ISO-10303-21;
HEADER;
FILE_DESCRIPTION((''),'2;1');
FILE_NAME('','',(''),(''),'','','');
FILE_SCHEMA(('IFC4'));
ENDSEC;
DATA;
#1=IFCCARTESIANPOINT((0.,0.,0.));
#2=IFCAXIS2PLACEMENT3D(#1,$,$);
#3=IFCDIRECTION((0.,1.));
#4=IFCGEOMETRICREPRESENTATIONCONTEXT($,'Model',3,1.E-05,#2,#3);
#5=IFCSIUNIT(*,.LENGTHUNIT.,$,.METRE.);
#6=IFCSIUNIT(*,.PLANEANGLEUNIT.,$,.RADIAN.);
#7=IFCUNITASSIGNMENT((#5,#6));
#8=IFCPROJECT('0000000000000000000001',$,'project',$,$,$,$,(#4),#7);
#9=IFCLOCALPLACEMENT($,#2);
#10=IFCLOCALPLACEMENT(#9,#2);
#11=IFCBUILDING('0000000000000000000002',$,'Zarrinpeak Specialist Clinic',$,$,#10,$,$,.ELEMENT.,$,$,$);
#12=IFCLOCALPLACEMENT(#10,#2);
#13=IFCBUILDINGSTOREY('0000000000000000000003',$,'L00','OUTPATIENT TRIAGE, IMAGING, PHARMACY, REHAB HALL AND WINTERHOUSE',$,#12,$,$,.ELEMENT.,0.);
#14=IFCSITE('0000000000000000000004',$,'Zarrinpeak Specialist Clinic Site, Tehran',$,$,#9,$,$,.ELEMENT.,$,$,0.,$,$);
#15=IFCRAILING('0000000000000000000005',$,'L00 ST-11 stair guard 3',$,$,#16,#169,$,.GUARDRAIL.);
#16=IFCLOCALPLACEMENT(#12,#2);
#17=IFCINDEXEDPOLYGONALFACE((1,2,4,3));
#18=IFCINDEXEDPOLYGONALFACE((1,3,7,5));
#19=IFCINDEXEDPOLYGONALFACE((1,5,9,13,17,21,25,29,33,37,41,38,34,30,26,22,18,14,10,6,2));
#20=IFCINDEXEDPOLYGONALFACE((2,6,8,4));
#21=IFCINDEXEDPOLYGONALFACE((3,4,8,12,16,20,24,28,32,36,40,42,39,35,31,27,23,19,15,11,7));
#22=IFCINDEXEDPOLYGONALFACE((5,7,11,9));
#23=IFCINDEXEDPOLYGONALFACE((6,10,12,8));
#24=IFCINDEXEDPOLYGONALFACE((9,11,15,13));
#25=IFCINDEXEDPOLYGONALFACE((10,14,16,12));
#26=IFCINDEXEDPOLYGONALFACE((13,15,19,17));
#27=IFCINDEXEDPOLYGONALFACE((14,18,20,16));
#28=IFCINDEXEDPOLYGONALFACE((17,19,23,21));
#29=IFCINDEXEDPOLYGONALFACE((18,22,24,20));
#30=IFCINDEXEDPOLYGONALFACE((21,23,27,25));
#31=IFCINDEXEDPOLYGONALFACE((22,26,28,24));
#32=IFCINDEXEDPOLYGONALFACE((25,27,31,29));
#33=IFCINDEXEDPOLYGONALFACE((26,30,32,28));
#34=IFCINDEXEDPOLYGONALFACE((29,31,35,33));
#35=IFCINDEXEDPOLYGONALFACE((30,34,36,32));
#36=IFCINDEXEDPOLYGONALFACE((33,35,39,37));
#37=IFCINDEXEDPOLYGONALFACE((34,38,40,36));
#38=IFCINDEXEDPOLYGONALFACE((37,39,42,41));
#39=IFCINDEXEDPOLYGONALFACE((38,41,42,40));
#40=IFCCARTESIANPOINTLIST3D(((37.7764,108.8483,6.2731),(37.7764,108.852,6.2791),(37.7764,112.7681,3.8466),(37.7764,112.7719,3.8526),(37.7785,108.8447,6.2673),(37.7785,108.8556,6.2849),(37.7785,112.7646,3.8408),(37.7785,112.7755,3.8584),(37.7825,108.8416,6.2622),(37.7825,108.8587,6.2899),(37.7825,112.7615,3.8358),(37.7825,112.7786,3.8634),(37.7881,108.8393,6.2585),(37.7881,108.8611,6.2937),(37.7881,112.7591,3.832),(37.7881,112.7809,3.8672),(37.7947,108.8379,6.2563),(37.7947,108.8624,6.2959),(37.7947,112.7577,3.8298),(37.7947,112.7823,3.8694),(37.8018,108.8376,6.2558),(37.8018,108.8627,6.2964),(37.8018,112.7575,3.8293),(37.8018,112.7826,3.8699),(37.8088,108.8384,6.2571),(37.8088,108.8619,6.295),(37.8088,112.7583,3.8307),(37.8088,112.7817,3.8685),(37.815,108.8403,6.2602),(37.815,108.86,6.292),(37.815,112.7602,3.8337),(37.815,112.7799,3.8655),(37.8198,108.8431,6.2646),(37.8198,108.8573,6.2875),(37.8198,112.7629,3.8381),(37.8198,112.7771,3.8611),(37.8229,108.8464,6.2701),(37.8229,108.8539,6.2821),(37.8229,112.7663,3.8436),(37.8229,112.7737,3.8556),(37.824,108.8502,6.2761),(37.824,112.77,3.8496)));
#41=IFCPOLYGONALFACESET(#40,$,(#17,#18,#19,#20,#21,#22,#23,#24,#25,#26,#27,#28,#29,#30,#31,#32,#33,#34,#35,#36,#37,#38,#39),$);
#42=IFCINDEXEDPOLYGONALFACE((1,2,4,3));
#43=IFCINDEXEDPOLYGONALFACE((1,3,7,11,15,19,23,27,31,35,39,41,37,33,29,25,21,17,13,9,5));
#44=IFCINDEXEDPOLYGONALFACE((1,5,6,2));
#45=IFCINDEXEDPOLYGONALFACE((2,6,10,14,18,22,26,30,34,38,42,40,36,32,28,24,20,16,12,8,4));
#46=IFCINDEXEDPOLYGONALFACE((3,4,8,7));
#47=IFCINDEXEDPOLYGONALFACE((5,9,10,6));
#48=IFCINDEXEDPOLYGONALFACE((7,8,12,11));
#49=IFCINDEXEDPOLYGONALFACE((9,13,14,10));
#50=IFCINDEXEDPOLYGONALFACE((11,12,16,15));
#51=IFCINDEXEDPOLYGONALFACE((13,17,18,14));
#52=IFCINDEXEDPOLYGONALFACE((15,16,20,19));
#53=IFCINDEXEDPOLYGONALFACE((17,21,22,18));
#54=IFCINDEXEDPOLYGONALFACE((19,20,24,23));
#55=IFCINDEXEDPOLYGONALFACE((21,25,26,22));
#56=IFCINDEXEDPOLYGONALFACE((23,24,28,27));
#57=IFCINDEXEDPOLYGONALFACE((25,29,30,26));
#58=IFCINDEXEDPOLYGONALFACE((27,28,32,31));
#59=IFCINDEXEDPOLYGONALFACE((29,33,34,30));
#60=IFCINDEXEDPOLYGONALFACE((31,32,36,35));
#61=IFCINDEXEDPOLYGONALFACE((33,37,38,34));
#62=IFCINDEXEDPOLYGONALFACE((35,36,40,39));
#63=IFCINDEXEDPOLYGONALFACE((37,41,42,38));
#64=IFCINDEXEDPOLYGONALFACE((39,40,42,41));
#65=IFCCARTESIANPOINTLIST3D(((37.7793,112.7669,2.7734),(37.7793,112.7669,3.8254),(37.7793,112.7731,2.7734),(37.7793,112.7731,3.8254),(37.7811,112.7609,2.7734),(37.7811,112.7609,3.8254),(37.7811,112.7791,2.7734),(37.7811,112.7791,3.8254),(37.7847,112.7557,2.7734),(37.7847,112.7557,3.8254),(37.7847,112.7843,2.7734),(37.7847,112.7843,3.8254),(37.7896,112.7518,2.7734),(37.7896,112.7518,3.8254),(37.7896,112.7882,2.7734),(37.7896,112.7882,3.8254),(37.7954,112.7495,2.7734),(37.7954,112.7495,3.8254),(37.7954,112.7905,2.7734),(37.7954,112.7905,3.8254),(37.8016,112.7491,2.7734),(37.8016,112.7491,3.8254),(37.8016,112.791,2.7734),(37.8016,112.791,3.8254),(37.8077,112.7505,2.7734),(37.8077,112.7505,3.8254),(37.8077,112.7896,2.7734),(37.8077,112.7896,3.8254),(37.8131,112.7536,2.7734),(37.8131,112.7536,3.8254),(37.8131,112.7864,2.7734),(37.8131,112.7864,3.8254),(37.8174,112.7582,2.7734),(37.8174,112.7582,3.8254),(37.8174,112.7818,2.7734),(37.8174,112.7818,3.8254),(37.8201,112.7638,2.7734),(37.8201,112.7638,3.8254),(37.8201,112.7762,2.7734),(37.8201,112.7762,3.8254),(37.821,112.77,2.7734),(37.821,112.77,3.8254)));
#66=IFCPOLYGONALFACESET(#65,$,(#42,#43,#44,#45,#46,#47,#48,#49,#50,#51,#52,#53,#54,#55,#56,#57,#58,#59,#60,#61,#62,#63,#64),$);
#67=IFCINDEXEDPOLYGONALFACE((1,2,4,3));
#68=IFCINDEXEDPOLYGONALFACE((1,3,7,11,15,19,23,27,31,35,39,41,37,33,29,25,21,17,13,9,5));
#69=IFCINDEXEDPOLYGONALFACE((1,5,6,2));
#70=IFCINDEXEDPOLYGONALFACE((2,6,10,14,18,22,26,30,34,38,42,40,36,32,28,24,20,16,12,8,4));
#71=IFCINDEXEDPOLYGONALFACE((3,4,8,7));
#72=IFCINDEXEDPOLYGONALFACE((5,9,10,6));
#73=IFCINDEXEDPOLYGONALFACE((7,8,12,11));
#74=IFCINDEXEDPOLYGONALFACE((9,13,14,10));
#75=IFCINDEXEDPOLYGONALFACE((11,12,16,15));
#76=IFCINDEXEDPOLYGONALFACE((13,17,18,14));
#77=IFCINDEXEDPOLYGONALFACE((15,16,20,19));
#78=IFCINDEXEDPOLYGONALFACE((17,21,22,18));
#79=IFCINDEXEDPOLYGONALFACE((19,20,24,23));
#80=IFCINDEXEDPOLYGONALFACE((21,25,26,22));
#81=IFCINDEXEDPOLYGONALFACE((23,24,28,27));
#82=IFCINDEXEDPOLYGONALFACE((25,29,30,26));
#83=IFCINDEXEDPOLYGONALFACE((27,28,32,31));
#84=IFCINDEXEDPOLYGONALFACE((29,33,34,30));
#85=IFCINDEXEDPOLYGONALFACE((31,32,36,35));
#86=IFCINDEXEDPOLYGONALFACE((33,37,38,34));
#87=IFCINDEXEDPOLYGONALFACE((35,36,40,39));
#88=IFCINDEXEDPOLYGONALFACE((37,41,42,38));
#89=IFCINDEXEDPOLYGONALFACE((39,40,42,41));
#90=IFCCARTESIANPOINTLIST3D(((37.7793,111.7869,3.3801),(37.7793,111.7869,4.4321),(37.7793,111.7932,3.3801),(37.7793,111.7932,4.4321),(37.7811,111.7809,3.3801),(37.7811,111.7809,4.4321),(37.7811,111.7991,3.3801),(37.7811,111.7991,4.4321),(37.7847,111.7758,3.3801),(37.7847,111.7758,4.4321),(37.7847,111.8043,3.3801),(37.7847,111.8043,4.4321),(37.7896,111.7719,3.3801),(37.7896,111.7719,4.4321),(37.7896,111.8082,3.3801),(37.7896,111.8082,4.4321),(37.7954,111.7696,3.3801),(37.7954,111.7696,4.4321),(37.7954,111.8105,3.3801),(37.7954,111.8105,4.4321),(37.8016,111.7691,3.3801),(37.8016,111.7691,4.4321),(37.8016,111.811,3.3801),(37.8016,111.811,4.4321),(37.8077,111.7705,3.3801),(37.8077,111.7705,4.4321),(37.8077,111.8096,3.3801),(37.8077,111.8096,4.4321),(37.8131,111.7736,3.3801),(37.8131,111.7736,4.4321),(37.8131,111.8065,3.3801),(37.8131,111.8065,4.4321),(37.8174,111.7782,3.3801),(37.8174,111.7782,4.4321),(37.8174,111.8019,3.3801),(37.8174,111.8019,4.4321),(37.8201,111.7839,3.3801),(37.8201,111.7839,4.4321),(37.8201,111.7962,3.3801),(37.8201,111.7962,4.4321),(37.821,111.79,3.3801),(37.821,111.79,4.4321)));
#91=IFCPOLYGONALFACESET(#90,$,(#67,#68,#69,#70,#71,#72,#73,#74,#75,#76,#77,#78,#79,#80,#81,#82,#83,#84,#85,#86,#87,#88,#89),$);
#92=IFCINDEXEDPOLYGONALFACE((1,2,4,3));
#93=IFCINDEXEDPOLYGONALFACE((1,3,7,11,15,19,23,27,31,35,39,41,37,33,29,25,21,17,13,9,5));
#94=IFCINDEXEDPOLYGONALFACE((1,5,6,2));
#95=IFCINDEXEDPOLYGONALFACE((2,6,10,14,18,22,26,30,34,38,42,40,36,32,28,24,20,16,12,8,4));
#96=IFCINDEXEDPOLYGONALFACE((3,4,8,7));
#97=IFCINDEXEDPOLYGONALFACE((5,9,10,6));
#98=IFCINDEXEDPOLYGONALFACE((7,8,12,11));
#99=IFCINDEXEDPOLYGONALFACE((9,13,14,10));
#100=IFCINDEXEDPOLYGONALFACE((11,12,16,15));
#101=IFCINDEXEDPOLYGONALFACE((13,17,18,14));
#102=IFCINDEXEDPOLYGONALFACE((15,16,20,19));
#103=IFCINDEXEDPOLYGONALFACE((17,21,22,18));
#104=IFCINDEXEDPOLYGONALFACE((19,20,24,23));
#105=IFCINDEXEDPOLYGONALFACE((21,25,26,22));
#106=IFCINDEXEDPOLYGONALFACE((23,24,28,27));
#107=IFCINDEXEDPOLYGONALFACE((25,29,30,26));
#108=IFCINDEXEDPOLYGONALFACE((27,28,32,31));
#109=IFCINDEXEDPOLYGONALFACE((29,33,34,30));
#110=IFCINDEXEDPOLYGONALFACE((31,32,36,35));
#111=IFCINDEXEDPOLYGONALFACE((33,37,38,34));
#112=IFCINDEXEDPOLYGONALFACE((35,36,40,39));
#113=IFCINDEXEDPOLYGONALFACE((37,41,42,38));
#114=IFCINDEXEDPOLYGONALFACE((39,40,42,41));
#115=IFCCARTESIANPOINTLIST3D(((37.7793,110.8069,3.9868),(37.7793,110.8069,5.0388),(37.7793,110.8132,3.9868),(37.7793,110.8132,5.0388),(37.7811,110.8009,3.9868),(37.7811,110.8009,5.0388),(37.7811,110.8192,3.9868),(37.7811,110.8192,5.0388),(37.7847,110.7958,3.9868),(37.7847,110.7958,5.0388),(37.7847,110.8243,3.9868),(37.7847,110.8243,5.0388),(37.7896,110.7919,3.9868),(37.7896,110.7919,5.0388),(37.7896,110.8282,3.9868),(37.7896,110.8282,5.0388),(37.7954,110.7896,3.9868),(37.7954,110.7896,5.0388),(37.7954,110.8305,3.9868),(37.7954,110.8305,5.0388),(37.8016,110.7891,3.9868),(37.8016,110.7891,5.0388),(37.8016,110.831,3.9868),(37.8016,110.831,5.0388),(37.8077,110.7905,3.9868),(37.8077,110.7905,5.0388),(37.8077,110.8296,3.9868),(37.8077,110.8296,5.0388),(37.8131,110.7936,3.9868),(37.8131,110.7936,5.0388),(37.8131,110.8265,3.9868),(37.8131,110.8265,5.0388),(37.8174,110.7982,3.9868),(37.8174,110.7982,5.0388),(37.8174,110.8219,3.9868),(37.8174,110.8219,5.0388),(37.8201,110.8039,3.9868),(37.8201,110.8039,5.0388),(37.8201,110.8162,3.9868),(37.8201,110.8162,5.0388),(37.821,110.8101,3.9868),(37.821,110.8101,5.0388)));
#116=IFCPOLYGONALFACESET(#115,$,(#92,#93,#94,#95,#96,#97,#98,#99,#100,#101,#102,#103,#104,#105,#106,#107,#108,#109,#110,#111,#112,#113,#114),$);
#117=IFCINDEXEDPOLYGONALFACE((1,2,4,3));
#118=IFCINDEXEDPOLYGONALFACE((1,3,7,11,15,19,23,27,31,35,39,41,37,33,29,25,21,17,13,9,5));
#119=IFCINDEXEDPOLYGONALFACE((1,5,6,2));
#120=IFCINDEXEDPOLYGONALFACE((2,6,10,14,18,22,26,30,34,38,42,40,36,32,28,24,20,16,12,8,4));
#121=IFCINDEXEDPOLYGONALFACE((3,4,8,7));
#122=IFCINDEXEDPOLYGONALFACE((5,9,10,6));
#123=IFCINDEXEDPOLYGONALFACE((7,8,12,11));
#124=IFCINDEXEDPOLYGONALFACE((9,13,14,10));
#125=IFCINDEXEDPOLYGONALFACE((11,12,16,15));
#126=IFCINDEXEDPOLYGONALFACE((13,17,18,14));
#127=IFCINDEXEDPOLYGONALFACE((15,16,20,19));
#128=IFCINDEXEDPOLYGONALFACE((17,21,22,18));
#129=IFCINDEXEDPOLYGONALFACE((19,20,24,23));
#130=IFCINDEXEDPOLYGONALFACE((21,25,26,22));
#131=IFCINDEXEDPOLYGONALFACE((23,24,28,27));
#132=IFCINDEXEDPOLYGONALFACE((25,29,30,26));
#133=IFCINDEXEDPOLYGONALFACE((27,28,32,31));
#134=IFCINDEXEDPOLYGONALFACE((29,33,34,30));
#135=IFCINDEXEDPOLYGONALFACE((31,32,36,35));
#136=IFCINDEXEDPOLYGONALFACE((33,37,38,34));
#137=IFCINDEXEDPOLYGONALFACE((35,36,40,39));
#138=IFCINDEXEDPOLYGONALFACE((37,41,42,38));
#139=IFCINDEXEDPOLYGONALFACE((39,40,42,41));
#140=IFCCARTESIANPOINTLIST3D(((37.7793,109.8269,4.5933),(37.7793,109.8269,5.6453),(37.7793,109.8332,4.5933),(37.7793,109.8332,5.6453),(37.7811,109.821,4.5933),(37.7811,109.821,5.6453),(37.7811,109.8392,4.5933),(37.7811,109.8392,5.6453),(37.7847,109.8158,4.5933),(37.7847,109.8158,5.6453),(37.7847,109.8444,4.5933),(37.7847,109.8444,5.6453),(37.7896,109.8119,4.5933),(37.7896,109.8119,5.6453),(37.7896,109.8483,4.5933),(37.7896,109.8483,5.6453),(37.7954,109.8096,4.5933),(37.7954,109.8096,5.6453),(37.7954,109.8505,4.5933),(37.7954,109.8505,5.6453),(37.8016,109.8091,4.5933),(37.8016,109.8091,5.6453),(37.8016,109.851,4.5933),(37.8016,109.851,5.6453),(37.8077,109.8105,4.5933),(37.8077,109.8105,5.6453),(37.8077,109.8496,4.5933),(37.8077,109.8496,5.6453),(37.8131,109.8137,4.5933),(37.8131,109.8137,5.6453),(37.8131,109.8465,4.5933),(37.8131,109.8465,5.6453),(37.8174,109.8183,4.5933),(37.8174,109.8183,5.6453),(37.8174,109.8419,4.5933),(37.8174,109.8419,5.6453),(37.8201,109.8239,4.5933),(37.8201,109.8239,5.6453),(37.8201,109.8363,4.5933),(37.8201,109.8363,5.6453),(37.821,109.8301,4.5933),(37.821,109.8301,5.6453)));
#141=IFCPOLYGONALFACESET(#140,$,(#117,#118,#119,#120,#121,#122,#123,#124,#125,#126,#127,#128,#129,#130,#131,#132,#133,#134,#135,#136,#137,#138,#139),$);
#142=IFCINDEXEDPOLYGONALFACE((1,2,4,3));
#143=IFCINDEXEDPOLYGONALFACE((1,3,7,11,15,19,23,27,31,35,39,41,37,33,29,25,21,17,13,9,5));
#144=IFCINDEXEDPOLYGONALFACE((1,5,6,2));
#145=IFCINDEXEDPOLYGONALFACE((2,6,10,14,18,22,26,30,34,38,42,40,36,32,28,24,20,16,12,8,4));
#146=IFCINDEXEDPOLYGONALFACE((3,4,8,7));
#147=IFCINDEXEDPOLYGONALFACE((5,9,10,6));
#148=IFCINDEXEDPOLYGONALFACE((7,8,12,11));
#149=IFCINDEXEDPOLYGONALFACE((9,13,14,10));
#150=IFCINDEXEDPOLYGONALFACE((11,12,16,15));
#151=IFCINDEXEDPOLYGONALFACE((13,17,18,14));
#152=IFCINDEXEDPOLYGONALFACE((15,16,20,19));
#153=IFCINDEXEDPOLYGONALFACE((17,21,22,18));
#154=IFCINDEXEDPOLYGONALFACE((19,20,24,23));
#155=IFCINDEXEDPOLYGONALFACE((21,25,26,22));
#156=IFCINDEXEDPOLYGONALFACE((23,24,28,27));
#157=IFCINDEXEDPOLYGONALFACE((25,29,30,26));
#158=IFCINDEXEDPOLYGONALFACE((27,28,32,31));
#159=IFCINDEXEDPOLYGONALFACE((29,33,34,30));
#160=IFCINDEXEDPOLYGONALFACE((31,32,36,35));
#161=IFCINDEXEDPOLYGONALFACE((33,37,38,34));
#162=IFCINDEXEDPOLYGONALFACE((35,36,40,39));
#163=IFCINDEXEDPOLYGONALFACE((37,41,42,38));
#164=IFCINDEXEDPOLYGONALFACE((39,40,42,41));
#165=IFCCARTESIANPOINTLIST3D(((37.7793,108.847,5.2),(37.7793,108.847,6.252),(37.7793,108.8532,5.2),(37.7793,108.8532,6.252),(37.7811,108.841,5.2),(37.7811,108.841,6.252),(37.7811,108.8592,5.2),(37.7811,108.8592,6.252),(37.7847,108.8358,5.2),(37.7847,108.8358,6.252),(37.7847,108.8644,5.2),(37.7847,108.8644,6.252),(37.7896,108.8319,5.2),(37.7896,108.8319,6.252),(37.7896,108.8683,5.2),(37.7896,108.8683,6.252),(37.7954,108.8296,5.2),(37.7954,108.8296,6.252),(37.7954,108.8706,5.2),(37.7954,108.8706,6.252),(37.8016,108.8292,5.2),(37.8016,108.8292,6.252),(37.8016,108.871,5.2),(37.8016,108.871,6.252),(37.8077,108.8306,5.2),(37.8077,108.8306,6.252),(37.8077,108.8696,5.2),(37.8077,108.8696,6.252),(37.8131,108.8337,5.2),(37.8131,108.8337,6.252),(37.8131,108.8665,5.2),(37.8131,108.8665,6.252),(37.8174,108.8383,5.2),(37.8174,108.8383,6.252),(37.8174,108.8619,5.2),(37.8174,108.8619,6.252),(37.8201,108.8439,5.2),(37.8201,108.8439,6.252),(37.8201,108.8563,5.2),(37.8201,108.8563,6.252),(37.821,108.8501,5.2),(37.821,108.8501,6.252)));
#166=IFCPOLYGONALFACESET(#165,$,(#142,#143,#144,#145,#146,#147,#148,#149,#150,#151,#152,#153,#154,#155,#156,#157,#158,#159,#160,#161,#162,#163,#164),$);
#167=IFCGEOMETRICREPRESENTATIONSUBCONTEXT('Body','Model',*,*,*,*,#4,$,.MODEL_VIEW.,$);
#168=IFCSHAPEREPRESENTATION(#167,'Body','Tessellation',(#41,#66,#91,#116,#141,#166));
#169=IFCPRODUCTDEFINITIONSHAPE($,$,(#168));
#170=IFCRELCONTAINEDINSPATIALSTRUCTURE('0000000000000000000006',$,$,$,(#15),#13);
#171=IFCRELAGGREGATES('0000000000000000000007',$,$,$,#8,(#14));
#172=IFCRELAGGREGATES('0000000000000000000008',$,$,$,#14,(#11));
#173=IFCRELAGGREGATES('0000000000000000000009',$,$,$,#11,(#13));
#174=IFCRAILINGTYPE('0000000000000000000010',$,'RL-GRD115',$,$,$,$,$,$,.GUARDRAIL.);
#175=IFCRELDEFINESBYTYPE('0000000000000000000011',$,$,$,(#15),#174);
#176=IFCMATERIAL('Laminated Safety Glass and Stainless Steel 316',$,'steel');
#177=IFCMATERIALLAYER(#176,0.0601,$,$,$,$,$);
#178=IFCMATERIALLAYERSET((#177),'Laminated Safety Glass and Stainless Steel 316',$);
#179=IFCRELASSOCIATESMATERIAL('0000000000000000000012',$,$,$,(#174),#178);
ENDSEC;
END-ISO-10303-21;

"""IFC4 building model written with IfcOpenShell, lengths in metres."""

from ifc_helpers import new_model, si_unit, direction, frame, origin, origin_2d, place, context, subcontext, project, spatial, circle, extrude, material, layer, layer_set, type_object, element, save


model = new_model("IFC4")

# Units and contexts
model_context = context("Model", 3, precision=1e-05, world=origin(), true_north=direction((0.0, 1.0)))
body_context = subcontext(model_context, "Body", "Model", "MODEL_VIEW")
ifc_project = project(units=[si_unit("LENGTHUNIT", "METRE"), si_unit("PLANEANGLEUNIT", "RADIAN")], contexts=[model_context])

# Site, building, storey
site_placement = place(None, origin())
site = spatial("IfcSite", under=ifc_project, at=site_placement, Name="Zarrinpeak Specialist Clinic Site, Tehran", CompositionType="ELEMENT", RefElevation=0.0)
building_placement = place(site_placement, origin())
building = spatial("IfcBuilding", under=site, at=building_placement, Name="Zarrinpeak Specialist Clinic", CompositionType="ELEMENT")
storey_placement = place(building_placement, origin())
storey = spatial("IfcBuildingStorey", under=building, at=storey_placement, Name="L00", Description="OUTPATIENT TRIAGE, IMAGING, PHARMACY, REHAB HALL AND WINTERHOUSE", CompositionType="ELEMENT", Elevation=0.0)

# Railing
ifc_material_1 = material(Name="Laminated Safety Glass and Stainless Steel 316", Category="steel")
ifc_layer_1 = layer(ifc_material_1, 0.0601)
ifc_layer_set_1 = layer_set([ifc_layer_1], Name="Laminated Safety Glass and Stainless Steel 316")
railing_type_1 = type_object("IfcRailingType", Name="RL-GRD115", PredefinedType="GUARDRAIL", material=ifc_layer_set_1)
railing_1_placement = place(storey_placement, frame((37.8, 112.77, 2.7734)))
element("IfcRailing", 1, at=railing_1_placement, inside=storey, type_object=railing_type_1, Name="L00 ST-11 stair guard 3", PredefinedType="GUARDRAIL", context=body_context, shape_type="SweptSolid", body=[
    extrude(circle(Radius=0.0239, at=origin_2d()), frame((0.0, 0.0, 1.0762), z_axis=(0.0, -0.850275, 0.526338), x_axis=(1.0, 0.0, 0.0)), (0.0, 0.0, 1.0), 4.6101),
    extrude(circle(Radius=0.021, at=origin_2d()), origin(), (0.0, 0.0, 1.0), 1.052),
    extrude(circle(Radius=0.021, at=origin_2d()), frame((0.0, -0.98, 0.6067)), (0.0, 0.0, 1.0), 1.052),
    extrude(circle(Radius=0.021, at=origin_2d()), frame((0.0, -1.96, 1.2134)), (0.0, 0.0, 1.0), 1.052),
    extrude(circle(Radius=0.021, at=origin_2d()), frame((0.0, -2.9399, 1.8198)), (0.0, 0.0, 1.0), 1.052),
    extrude(circle(Radius=0.021, at=origin_2d()), frame((0.0, -3.9199, 2.4265)), (0.0, 0.0, 1.0), 1.052),
])

save(model, "model.ifc")
